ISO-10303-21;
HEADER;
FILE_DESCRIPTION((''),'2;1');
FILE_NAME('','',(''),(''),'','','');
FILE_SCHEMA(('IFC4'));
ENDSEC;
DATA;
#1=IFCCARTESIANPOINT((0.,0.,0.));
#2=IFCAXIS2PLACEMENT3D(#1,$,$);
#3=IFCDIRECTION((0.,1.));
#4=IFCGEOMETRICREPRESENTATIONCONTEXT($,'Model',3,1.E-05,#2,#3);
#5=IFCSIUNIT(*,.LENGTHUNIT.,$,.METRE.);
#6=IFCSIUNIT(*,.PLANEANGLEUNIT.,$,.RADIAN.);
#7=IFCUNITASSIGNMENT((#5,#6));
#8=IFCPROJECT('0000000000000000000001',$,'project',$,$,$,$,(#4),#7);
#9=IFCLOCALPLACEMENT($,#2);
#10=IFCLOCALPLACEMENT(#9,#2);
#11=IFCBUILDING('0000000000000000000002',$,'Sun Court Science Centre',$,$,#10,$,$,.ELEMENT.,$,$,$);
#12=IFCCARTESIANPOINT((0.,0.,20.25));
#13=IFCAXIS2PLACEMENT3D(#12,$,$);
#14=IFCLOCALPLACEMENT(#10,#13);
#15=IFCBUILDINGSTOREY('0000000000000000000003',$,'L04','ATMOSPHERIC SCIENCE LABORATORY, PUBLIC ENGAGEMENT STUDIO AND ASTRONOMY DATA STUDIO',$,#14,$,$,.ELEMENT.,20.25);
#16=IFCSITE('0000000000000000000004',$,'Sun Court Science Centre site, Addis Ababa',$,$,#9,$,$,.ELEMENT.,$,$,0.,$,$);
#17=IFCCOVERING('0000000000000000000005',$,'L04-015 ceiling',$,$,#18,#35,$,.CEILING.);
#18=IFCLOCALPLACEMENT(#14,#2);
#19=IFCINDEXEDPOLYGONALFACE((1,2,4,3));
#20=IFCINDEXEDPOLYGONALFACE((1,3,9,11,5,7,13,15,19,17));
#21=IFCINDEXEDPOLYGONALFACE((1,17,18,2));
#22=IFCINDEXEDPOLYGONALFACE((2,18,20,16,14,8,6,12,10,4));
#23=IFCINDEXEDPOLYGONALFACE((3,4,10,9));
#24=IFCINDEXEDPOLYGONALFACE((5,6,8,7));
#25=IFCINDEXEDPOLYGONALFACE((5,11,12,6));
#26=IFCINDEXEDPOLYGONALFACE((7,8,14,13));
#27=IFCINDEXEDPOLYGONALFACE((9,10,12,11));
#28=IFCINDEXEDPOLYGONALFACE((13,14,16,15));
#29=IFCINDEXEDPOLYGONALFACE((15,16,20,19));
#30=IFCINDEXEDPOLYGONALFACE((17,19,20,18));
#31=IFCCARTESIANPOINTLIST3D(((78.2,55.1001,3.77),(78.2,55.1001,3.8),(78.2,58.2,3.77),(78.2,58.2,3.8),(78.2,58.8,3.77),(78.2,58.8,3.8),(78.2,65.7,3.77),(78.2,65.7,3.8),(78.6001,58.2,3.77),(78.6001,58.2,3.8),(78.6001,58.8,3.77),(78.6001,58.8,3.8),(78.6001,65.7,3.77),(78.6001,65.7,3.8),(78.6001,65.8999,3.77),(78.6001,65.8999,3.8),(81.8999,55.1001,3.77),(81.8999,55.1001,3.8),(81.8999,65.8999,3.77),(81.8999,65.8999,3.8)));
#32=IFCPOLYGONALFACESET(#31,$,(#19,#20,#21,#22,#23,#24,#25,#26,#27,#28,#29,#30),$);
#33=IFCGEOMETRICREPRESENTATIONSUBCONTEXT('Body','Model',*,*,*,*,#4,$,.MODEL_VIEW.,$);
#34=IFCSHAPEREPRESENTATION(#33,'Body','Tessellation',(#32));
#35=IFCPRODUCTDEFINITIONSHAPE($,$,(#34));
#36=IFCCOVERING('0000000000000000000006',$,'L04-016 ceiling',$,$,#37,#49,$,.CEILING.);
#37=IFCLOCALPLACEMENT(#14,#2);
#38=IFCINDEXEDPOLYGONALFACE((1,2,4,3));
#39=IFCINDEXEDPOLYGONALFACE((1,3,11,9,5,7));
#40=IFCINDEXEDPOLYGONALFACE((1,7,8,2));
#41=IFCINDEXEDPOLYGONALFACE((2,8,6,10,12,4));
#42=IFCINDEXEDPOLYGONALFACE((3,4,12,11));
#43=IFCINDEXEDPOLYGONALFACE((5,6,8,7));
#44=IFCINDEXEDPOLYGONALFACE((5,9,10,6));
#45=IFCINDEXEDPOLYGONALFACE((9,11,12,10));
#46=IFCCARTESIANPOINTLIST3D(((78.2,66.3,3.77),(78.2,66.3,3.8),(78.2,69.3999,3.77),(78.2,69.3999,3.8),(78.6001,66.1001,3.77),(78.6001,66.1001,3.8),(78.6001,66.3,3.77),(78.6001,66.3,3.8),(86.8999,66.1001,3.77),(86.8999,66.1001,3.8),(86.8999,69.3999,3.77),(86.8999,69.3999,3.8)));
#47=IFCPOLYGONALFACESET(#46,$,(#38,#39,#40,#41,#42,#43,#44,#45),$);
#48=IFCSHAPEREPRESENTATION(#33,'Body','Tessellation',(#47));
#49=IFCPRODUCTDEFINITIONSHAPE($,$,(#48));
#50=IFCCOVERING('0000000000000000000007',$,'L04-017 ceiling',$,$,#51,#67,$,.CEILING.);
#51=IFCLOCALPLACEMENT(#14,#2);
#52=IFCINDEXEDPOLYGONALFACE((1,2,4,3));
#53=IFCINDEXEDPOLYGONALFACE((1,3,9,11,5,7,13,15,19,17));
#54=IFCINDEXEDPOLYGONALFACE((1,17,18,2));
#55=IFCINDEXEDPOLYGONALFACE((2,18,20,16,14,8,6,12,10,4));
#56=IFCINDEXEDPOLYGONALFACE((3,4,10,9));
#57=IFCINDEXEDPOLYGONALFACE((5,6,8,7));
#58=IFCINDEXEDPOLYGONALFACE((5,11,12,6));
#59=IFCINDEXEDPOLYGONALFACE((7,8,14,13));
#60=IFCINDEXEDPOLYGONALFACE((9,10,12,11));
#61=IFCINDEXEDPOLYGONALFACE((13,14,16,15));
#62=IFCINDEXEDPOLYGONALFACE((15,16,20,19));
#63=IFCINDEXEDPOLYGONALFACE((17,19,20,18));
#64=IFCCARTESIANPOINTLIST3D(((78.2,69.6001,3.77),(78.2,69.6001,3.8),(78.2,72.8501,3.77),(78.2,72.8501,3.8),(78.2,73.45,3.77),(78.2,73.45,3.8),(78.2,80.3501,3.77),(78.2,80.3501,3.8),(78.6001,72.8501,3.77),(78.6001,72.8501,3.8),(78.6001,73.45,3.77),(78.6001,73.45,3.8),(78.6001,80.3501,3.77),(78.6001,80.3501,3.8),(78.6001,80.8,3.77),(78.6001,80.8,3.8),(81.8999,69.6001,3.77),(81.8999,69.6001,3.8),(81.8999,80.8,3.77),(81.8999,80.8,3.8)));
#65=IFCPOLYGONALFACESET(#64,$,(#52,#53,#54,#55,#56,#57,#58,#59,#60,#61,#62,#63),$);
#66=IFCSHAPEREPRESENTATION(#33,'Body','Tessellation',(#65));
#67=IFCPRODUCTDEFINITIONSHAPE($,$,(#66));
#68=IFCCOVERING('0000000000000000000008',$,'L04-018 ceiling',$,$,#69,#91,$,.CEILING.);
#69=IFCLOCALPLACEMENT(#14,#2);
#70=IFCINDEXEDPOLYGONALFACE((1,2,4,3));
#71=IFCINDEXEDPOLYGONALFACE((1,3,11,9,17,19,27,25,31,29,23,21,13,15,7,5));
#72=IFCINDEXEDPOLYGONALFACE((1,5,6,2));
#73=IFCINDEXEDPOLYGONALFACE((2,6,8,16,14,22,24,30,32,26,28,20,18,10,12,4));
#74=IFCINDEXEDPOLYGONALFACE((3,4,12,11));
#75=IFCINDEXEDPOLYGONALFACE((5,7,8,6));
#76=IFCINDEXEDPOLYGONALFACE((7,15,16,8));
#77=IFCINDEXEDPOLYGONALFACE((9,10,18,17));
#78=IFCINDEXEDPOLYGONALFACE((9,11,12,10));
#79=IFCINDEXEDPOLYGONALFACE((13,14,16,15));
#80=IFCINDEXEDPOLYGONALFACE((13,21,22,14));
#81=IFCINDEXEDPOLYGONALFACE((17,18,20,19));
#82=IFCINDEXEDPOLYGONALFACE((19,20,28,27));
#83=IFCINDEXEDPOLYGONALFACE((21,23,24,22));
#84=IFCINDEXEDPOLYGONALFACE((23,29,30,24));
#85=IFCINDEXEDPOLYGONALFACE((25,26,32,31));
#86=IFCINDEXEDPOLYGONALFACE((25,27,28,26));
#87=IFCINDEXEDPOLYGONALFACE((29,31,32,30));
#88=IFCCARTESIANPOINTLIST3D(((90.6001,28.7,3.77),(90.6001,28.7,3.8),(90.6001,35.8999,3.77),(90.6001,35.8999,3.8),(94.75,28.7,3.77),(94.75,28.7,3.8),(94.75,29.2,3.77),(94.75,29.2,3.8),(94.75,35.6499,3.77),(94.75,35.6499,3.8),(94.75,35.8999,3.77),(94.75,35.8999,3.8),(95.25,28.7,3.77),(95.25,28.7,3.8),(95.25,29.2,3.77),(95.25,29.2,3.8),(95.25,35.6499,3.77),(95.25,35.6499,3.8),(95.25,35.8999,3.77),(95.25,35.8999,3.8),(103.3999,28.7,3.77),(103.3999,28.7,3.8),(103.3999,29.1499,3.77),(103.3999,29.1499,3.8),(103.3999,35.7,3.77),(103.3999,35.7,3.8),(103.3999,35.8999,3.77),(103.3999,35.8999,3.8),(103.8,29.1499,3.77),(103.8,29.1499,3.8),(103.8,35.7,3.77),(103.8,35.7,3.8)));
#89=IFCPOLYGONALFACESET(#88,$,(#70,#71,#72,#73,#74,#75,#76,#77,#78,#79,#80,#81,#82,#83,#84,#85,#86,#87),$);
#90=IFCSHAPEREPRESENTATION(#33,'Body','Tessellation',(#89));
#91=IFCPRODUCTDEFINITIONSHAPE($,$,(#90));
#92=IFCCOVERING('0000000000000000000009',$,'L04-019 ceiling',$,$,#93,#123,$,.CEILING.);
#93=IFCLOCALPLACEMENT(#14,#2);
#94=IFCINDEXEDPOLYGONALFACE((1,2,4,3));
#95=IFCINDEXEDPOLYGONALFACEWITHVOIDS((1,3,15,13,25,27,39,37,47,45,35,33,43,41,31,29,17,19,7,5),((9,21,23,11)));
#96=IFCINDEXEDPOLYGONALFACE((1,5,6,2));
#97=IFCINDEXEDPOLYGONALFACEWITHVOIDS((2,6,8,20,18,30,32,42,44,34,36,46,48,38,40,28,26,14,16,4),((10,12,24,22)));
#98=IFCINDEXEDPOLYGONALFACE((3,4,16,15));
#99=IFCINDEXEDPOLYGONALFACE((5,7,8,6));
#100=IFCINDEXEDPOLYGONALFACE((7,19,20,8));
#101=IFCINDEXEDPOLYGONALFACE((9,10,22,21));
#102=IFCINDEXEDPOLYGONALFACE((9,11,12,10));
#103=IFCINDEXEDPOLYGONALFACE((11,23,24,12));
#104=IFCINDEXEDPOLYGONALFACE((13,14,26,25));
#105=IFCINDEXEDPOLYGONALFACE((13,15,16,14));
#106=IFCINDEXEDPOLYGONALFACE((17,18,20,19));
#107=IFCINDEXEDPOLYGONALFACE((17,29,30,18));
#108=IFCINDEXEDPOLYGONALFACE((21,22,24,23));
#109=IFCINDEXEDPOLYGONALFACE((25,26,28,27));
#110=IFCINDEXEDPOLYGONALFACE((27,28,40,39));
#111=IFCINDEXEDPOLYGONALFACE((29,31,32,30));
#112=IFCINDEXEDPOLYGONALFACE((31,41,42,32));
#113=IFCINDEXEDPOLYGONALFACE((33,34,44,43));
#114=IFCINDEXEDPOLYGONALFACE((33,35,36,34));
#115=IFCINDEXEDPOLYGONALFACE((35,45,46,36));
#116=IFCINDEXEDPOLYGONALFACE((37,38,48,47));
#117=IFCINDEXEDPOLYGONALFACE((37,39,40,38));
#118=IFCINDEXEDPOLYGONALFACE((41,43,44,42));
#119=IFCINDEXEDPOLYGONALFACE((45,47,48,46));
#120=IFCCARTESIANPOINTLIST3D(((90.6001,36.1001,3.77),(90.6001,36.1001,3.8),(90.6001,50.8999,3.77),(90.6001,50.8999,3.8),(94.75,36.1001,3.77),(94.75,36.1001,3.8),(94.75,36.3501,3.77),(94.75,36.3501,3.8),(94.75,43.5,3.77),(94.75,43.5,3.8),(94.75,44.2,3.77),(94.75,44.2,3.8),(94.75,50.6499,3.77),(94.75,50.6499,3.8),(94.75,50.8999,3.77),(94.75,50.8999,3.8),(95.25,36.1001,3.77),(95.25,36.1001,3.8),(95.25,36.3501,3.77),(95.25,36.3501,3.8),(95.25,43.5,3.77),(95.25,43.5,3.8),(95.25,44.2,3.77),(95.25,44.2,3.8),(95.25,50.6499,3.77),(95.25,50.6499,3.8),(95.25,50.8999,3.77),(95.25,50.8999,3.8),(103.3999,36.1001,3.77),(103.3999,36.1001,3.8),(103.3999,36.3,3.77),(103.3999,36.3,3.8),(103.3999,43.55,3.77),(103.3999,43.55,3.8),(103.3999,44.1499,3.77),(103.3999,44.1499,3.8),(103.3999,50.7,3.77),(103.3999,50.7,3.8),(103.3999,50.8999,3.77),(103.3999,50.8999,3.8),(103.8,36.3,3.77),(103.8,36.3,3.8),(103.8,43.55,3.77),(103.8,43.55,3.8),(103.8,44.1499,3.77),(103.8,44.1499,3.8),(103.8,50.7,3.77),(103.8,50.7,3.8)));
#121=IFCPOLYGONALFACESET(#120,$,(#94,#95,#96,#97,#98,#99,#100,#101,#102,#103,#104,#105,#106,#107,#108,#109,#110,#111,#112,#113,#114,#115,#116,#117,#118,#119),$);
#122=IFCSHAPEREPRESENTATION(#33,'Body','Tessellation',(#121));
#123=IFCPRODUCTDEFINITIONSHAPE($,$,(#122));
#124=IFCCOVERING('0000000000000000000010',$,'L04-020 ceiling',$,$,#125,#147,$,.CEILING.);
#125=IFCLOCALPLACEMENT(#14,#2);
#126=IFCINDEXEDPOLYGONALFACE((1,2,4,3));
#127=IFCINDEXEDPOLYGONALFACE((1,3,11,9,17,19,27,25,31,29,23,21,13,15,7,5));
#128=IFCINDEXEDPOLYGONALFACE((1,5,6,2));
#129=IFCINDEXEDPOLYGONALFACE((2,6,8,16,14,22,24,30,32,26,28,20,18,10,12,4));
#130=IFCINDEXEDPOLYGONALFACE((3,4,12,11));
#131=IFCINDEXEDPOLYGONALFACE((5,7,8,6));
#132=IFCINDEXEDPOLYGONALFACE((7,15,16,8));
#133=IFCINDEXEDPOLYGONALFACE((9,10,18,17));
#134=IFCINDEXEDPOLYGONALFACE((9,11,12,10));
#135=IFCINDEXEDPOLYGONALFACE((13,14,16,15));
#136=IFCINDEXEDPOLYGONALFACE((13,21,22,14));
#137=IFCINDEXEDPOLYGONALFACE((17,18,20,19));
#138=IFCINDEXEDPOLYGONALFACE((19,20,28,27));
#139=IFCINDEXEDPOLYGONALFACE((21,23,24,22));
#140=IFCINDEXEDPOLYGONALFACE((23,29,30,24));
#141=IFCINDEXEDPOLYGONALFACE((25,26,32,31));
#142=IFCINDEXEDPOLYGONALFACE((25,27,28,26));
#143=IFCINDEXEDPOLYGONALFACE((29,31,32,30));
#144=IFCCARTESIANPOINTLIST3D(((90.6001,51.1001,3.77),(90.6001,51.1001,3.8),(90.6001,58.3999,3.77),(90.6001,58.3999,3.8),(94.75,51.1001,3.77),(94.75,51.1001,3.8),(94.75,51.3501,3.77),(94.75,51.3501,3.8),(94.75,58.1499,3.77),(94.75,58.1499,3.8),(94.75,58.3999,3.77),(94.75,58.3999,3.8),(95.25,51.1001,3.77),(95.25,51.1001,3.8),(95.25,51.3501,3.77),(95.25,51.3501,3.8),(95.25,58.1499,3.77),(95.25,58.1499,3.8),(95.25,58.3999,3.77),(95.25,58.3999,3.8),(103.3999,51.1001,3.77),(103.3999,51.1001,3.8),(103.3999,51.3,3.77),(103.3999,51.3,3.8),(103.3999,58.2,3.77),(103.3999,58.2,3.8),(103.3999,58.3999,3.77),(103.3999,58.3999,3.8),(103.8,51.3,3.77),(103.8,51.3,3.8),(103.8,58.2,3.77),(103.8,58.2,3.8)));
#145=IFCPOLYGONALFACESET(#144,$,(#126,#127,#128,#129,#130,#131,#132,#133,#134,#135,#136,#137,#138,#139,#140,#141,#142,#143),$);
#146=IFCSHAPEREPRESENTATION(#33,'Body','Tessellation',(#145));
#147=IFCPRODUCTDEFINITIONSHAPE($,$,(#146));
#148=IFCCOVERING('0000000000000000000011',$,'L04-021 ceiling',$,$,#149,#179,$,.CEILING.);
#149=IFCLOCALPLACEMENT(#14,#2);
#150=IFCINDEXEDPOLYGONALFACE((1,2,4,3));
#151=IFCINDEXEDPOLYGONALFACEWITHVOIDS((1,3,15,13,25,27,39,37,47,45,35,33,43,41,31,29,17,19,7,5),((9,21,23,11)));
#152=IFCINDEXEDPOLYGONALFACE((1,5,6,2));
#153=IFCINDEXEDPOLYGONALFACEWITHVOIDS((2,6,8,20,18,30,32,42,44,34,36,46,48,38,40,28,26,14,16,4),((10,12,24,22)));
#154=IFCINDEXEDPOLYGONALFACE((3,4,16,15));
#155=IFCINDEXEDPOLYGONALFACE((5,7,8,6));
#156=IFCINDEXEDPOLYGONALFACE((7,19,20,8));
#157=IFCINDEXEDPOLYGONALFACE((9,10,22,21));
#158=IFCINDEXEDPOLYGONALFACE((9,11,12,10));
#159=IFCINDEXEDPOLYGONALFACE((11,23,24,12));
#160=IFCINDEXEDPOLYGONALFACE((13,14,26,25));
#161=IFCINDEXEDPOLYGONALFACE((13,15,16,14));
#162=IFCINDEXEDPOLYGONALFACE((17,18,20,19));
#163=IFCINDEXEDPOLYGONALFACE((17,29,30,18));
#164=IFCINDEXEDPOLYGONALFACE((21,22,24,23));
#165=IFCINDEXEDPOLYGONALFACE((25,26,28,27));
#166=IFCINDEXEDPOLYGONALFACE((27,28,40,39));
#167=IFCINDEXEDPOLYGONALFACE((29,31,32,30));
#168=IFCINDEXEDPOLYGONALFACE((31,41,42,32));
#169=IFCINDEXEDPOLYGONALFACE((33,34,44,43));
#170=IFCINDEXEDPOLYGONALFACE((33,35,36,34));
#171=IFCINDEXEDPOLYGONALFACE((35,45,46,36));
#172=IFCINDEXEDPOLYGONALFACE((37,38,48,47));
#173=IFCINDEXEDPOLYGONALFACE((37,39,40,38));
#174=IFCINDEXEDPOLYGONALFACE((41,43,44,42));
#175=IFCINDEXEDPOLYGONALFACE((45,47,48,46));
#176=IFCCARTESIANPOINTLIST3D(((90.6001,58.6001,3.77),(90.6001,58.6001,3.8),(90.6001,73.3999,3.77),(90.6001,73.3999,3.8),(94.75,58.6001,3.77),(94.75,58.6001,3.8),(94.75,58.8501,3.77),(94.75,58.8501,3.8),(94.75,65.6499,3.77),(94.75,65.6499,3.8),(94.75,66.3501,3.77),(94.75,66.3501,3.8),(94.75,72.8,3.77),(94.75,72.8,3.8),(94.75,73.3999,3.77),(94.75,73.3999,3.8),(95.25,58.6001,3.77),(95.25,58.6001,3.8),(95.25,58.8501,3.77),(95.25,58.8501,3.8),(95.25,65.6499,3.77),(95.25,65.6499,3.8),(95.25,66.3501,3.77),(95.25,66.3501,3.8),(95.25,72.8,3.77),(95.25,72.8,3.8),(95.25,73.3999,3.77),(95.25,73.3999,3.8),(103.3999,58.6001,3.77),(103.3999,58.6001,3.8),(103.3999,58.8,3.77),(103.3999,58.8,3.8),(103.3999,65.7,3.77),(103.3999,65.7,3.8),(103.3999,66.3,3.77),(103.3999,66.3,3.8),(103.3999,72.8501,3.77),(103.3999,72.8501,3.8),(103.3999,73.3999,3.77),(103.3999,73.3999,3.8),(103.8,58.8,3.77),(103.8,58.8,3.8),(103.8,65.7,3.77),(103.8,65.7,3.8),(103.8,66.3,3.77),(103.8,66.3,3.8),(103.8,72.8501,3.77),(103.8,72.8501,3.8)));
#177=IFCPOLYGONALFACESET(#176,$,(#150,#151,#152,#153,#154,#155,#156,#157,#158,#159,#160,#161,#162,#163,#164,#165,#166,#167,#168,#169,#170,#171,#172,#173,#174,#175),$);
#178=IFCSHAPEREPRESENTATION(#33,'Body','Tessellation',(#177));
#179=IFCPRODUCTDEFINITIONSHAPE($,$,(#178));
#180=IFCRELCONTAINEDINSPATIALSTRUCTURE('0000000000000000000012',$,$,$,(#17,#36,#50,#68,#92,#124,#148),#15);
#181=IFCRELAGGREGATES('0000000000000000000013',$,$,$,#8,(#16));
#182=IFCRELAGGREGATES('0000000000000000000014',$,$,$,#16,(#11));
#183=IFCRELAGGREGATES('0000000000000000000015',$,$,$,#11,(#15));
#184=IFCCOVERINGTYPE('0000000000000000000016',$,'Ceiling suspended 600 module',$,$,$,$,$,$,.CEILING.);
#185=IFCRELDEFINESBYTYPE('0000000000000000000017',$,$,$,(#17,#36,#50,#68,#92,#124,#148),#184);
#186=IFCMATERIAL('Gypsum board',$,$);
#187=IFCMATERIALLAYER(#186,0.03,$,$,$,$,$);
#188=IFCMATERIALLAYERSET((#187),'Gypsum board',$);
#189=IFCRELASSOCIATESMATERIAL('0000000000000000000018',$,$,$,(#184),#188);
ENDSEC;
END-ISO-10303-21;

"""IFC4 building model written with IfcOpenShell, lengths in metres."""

from ifc_helpers import new_model, si_unit, direction, frame, origin, place, context, subcontext, project, spatial, polyline, outline, extrude, material, layer, layer_set, type_object, element, save


model = new_model("IFC4")

# Units and contexts
model_context = context("Model", 3, precision=1e-05, world=origin(), true_north=direction((0.0, 1.0)))
body_context = subcontext(model_context, "Body", "Model", "MODEL_VIEW")
ifc_project = project(units=[si_unit("LENGTHUNIT", "METRE"), si_unit("PLANEANGLEUNIT", "RADIAN")], contexts=[model_context])

# Site, building, storey
site_placement = place(None, origin())
site = spatial("IfcSite", under=ifc_project, at=site_placement, Name="Sun Court Science Centre site, Addis Ababa", CompositionType="ELEMENT", RefElevation=0.0)
building_placement = place(site_placement, origin())
building = spatial("IfcBuilding", under=site, at=building_placement, Name="Sun Court Science Centre", CompositionType="ELEMENT")
storey_placement = place(building_placement, frame((0.0, 0.0, 20.25)))
storey = spatial("IfcBuildingStorey", under=building, at=storey_placement, Name="L04", Description="ATMOSPHERIC SCIENCE LABORATORY, PUBLIC ENGAGEMENT STUDIO AND ASTRONOMY DATA STUDIO", CompositionType="ELEMENT", Elevation=20.25)

# Coverings
ifc_material_1 = material(Name="Gypsum board")
ifc_layer_1 = layer(ifc_material_1, 0.03)
ifc_layer_set_1 = layer_set([ifc_layer_1], Name="Gypsum board")
covering_type_1 = type_object("IfcCoveringType", Name="Ceiling suspended 600 module", PredefinedType="CEILING", material=ifc_layer_set_1)
covering_1_placement = place(storey_placement, frame((0.0, 0.0, 3.77)))
element("IfcCovering", 1, at=covering_1_placement, inside=storey, type_object=covering_type_1, Name="L04-015 ceiling", PredefinedType="CEILING", context=body_context, shape_type="SweptSolid", body=[
    extrude(outline(polyline([(78.6001, 65.8999), (81.8999, 65.8999), (81.8999, 55.1001), (78.2, 55.1001), (78.2, 58.2), (78.6001, 58.2), (78.6001, 58.8), (78.2, 58.8), (78.2, 65.7), (78.6001, 65.7), (78.6001, 65.8999)])), origin(), (0.0, 0.0, 1.0), 0.03),
])
covering_2_placement = place(storey_placement, frame((0.0, 0.0, 3.77)))
element("IfcCovering", 2, at=covering_2_placement, inside=storey, type_object=covering_type_1, Name="L04-016 ceiling", PredefinedType="CEILING", context=body_context, shape_type="SweptSolid", body=[
    extrude(outline(polyline([(78.2, 69.3999), (86.8999, 69.3999), (86.8999, 66.1001), (78.6001, 66.1001), (78.6001, 66.3), (78.2, 66.3), (78.2, 69.3999)])), origin(), (0.0, 0.0, 1.0), 0.03),
])
covering_3_placement = place(storey_placement, frame((0.0, 0.0, 3.77)))
element("IfcCovering", 3, at=covering_3_placement, inside=storey, type_object=covering_type_1, Name="L04-017 ceiling", PredefinedType="CEILING", context=body_context, shape_type="SweptSolid", body=[
    extrude(outline(polyline([(78.6001, 80.8), (81.8999, 80.8), (81.8999, 69.6001), (78.2, 69.6001), (78.2, 72.8501), (78.6001, 72.8501), (78.6001, 73.45), (78.2, 73.45), (78.2, 80.3501), (78.6001, 80.3501), (78.6001, 80.8)])), origin(), (0.0, 0.0, 1.0), 0.03),
])
covering_4_placement = place(storey_placement, frame((0.0, 0.0, 3.77)))
element("IfcCovering", 4, at=covering_4_placement, inside=storey, type_object=covering_type_1, Name="L04-018 ceiling", PredefinedType="CEILING", context=body_context, shape_type="SweptSolid", body=[
    extrude(outline(polyline([(103.3999, 28.7), (95.25, 28.7), (95.25, 29.2), (94.75, 29.2), (94.75, 28.7), (90.6001, 28.7), (90.6001, 35.8999), (94.75, 35.8999), (94.75, 35.6499), (95.25, 35.6499), (95.25, 35.8999), (103.3999, 35.8999), (103.3999, 35.7), (103.8, 35.7), (103.8, 29.1499), (103.3999, 29.1499), (103.3999, 28.7)])), origin(), (0.0, 0.0, 1.0), 0.03),
])
covering_5_placement = place(storey_placement, frame((0.0, 0.0, 3.77)))
element("IfcCovering", 5, at=covering_5_placement, inside=storey, type_object=covering_type_1, Name="L04-019 ceiling", PredefinedType="CEILING", context=body_context, shape_type="SweptSolid", body=[
    extrude(outline(polyline([(95.25, 36.1001), (95.25, 36.3501), (94.75, 36.3501), (94.75, 36.1001), (90.6001, 36.1001), (90.6001, 50.8999), (94.75, 50.8999), (94.75, 50.6499), (95.25, 50.6499), (95.25, 50.8999), (103.3999, 50.8999), (103.3999, 50.7), (103.8, 50.7), (103.8, 44.1499), (103.3999, 44.1499), (103.3999, 43.55), (103.8, 43.55), (103.8, 36.3), (103.3999, 36.3), (103.3999, 36.1001), (95.25, 36.1001)]), holes=[polyline([(95.25, 44.2), (94.75, 44.2), (94.75, 43.5), (95.25, 43.5), (95.25, 44.2)])]), origin(), (0.0, 0.0, 1.0), 0.03),
])
covering_6_placement = place(storey_placement, frame((0.0, 0.0, 3.77)))
element("IfcCovering", 6, at=covering_6_placement, inside=storey, type_object=covering_type_1, Name="L04-020 ceiling", PredefinedType="CEILING", context=body_context, shape_type="SweptSolid", body=[
    extrude(outline(polyline([(103.3999, 51.1001), (95.25, 51.1001), (95.25, 51.3501), (94.75, 51.3501), (94.75, 51.1001), (90.6001, 51.1001), (90.6001, 58.3999), (94.75, 58.3999), (94.75, 58.1499), (95.25, 58.1499), (95.25, 58.3999), (103.3999, 58.3999), (103.3999, 58.2), (103.8, 58.2), (103.8, 51.3), (103.3999, 51.3), (103.3999, 51.1001)])), origin(), (0.0, 0.0, 1.0), 0.03),
])
covering_7_placement = place(storey_placement, frame((0.0, 0.0, 3.77)))
element("IfcCovering", 7, at=covering_7_placement, inside=storey, type_object=covering_type_1, Name="L04-021 ceiling", PredefinedType="CEILING", context=body_context, shape_type="SweptSolid", body=[
    extrude(outline(polyline([(95.25, 58.6001), (95.25, 58.8501), (94.75, 58.8501), (94.75, 58.6001), (90.6001, 58.6001), (90.6001, 73.3999), (94.75, 73.3999), (94.75, 72.8), (95.25, 72.8), (95.25, 73.3999), (103.3999, 73.3999), (103.3999, 72.8501), (103.8, 72.8501), (103.8, 66.3), (103.3999, 66.3), (103.3999, 65.7), (103.8, 65.7), (103.8, 58.8), (103.3999, 58.8), (103.3999, 58.6001), (95.25, 58.6001)]), holes=[polyline([(95.25, 66.3501), (94.75, 66.3501), (94.75, 65.6499), (95.25, 65.6499), (95.25, 66.3501)])]), origin(), (0.0, 0.0, 1.0), 0.03),
])

save(model, "model.ifc")
